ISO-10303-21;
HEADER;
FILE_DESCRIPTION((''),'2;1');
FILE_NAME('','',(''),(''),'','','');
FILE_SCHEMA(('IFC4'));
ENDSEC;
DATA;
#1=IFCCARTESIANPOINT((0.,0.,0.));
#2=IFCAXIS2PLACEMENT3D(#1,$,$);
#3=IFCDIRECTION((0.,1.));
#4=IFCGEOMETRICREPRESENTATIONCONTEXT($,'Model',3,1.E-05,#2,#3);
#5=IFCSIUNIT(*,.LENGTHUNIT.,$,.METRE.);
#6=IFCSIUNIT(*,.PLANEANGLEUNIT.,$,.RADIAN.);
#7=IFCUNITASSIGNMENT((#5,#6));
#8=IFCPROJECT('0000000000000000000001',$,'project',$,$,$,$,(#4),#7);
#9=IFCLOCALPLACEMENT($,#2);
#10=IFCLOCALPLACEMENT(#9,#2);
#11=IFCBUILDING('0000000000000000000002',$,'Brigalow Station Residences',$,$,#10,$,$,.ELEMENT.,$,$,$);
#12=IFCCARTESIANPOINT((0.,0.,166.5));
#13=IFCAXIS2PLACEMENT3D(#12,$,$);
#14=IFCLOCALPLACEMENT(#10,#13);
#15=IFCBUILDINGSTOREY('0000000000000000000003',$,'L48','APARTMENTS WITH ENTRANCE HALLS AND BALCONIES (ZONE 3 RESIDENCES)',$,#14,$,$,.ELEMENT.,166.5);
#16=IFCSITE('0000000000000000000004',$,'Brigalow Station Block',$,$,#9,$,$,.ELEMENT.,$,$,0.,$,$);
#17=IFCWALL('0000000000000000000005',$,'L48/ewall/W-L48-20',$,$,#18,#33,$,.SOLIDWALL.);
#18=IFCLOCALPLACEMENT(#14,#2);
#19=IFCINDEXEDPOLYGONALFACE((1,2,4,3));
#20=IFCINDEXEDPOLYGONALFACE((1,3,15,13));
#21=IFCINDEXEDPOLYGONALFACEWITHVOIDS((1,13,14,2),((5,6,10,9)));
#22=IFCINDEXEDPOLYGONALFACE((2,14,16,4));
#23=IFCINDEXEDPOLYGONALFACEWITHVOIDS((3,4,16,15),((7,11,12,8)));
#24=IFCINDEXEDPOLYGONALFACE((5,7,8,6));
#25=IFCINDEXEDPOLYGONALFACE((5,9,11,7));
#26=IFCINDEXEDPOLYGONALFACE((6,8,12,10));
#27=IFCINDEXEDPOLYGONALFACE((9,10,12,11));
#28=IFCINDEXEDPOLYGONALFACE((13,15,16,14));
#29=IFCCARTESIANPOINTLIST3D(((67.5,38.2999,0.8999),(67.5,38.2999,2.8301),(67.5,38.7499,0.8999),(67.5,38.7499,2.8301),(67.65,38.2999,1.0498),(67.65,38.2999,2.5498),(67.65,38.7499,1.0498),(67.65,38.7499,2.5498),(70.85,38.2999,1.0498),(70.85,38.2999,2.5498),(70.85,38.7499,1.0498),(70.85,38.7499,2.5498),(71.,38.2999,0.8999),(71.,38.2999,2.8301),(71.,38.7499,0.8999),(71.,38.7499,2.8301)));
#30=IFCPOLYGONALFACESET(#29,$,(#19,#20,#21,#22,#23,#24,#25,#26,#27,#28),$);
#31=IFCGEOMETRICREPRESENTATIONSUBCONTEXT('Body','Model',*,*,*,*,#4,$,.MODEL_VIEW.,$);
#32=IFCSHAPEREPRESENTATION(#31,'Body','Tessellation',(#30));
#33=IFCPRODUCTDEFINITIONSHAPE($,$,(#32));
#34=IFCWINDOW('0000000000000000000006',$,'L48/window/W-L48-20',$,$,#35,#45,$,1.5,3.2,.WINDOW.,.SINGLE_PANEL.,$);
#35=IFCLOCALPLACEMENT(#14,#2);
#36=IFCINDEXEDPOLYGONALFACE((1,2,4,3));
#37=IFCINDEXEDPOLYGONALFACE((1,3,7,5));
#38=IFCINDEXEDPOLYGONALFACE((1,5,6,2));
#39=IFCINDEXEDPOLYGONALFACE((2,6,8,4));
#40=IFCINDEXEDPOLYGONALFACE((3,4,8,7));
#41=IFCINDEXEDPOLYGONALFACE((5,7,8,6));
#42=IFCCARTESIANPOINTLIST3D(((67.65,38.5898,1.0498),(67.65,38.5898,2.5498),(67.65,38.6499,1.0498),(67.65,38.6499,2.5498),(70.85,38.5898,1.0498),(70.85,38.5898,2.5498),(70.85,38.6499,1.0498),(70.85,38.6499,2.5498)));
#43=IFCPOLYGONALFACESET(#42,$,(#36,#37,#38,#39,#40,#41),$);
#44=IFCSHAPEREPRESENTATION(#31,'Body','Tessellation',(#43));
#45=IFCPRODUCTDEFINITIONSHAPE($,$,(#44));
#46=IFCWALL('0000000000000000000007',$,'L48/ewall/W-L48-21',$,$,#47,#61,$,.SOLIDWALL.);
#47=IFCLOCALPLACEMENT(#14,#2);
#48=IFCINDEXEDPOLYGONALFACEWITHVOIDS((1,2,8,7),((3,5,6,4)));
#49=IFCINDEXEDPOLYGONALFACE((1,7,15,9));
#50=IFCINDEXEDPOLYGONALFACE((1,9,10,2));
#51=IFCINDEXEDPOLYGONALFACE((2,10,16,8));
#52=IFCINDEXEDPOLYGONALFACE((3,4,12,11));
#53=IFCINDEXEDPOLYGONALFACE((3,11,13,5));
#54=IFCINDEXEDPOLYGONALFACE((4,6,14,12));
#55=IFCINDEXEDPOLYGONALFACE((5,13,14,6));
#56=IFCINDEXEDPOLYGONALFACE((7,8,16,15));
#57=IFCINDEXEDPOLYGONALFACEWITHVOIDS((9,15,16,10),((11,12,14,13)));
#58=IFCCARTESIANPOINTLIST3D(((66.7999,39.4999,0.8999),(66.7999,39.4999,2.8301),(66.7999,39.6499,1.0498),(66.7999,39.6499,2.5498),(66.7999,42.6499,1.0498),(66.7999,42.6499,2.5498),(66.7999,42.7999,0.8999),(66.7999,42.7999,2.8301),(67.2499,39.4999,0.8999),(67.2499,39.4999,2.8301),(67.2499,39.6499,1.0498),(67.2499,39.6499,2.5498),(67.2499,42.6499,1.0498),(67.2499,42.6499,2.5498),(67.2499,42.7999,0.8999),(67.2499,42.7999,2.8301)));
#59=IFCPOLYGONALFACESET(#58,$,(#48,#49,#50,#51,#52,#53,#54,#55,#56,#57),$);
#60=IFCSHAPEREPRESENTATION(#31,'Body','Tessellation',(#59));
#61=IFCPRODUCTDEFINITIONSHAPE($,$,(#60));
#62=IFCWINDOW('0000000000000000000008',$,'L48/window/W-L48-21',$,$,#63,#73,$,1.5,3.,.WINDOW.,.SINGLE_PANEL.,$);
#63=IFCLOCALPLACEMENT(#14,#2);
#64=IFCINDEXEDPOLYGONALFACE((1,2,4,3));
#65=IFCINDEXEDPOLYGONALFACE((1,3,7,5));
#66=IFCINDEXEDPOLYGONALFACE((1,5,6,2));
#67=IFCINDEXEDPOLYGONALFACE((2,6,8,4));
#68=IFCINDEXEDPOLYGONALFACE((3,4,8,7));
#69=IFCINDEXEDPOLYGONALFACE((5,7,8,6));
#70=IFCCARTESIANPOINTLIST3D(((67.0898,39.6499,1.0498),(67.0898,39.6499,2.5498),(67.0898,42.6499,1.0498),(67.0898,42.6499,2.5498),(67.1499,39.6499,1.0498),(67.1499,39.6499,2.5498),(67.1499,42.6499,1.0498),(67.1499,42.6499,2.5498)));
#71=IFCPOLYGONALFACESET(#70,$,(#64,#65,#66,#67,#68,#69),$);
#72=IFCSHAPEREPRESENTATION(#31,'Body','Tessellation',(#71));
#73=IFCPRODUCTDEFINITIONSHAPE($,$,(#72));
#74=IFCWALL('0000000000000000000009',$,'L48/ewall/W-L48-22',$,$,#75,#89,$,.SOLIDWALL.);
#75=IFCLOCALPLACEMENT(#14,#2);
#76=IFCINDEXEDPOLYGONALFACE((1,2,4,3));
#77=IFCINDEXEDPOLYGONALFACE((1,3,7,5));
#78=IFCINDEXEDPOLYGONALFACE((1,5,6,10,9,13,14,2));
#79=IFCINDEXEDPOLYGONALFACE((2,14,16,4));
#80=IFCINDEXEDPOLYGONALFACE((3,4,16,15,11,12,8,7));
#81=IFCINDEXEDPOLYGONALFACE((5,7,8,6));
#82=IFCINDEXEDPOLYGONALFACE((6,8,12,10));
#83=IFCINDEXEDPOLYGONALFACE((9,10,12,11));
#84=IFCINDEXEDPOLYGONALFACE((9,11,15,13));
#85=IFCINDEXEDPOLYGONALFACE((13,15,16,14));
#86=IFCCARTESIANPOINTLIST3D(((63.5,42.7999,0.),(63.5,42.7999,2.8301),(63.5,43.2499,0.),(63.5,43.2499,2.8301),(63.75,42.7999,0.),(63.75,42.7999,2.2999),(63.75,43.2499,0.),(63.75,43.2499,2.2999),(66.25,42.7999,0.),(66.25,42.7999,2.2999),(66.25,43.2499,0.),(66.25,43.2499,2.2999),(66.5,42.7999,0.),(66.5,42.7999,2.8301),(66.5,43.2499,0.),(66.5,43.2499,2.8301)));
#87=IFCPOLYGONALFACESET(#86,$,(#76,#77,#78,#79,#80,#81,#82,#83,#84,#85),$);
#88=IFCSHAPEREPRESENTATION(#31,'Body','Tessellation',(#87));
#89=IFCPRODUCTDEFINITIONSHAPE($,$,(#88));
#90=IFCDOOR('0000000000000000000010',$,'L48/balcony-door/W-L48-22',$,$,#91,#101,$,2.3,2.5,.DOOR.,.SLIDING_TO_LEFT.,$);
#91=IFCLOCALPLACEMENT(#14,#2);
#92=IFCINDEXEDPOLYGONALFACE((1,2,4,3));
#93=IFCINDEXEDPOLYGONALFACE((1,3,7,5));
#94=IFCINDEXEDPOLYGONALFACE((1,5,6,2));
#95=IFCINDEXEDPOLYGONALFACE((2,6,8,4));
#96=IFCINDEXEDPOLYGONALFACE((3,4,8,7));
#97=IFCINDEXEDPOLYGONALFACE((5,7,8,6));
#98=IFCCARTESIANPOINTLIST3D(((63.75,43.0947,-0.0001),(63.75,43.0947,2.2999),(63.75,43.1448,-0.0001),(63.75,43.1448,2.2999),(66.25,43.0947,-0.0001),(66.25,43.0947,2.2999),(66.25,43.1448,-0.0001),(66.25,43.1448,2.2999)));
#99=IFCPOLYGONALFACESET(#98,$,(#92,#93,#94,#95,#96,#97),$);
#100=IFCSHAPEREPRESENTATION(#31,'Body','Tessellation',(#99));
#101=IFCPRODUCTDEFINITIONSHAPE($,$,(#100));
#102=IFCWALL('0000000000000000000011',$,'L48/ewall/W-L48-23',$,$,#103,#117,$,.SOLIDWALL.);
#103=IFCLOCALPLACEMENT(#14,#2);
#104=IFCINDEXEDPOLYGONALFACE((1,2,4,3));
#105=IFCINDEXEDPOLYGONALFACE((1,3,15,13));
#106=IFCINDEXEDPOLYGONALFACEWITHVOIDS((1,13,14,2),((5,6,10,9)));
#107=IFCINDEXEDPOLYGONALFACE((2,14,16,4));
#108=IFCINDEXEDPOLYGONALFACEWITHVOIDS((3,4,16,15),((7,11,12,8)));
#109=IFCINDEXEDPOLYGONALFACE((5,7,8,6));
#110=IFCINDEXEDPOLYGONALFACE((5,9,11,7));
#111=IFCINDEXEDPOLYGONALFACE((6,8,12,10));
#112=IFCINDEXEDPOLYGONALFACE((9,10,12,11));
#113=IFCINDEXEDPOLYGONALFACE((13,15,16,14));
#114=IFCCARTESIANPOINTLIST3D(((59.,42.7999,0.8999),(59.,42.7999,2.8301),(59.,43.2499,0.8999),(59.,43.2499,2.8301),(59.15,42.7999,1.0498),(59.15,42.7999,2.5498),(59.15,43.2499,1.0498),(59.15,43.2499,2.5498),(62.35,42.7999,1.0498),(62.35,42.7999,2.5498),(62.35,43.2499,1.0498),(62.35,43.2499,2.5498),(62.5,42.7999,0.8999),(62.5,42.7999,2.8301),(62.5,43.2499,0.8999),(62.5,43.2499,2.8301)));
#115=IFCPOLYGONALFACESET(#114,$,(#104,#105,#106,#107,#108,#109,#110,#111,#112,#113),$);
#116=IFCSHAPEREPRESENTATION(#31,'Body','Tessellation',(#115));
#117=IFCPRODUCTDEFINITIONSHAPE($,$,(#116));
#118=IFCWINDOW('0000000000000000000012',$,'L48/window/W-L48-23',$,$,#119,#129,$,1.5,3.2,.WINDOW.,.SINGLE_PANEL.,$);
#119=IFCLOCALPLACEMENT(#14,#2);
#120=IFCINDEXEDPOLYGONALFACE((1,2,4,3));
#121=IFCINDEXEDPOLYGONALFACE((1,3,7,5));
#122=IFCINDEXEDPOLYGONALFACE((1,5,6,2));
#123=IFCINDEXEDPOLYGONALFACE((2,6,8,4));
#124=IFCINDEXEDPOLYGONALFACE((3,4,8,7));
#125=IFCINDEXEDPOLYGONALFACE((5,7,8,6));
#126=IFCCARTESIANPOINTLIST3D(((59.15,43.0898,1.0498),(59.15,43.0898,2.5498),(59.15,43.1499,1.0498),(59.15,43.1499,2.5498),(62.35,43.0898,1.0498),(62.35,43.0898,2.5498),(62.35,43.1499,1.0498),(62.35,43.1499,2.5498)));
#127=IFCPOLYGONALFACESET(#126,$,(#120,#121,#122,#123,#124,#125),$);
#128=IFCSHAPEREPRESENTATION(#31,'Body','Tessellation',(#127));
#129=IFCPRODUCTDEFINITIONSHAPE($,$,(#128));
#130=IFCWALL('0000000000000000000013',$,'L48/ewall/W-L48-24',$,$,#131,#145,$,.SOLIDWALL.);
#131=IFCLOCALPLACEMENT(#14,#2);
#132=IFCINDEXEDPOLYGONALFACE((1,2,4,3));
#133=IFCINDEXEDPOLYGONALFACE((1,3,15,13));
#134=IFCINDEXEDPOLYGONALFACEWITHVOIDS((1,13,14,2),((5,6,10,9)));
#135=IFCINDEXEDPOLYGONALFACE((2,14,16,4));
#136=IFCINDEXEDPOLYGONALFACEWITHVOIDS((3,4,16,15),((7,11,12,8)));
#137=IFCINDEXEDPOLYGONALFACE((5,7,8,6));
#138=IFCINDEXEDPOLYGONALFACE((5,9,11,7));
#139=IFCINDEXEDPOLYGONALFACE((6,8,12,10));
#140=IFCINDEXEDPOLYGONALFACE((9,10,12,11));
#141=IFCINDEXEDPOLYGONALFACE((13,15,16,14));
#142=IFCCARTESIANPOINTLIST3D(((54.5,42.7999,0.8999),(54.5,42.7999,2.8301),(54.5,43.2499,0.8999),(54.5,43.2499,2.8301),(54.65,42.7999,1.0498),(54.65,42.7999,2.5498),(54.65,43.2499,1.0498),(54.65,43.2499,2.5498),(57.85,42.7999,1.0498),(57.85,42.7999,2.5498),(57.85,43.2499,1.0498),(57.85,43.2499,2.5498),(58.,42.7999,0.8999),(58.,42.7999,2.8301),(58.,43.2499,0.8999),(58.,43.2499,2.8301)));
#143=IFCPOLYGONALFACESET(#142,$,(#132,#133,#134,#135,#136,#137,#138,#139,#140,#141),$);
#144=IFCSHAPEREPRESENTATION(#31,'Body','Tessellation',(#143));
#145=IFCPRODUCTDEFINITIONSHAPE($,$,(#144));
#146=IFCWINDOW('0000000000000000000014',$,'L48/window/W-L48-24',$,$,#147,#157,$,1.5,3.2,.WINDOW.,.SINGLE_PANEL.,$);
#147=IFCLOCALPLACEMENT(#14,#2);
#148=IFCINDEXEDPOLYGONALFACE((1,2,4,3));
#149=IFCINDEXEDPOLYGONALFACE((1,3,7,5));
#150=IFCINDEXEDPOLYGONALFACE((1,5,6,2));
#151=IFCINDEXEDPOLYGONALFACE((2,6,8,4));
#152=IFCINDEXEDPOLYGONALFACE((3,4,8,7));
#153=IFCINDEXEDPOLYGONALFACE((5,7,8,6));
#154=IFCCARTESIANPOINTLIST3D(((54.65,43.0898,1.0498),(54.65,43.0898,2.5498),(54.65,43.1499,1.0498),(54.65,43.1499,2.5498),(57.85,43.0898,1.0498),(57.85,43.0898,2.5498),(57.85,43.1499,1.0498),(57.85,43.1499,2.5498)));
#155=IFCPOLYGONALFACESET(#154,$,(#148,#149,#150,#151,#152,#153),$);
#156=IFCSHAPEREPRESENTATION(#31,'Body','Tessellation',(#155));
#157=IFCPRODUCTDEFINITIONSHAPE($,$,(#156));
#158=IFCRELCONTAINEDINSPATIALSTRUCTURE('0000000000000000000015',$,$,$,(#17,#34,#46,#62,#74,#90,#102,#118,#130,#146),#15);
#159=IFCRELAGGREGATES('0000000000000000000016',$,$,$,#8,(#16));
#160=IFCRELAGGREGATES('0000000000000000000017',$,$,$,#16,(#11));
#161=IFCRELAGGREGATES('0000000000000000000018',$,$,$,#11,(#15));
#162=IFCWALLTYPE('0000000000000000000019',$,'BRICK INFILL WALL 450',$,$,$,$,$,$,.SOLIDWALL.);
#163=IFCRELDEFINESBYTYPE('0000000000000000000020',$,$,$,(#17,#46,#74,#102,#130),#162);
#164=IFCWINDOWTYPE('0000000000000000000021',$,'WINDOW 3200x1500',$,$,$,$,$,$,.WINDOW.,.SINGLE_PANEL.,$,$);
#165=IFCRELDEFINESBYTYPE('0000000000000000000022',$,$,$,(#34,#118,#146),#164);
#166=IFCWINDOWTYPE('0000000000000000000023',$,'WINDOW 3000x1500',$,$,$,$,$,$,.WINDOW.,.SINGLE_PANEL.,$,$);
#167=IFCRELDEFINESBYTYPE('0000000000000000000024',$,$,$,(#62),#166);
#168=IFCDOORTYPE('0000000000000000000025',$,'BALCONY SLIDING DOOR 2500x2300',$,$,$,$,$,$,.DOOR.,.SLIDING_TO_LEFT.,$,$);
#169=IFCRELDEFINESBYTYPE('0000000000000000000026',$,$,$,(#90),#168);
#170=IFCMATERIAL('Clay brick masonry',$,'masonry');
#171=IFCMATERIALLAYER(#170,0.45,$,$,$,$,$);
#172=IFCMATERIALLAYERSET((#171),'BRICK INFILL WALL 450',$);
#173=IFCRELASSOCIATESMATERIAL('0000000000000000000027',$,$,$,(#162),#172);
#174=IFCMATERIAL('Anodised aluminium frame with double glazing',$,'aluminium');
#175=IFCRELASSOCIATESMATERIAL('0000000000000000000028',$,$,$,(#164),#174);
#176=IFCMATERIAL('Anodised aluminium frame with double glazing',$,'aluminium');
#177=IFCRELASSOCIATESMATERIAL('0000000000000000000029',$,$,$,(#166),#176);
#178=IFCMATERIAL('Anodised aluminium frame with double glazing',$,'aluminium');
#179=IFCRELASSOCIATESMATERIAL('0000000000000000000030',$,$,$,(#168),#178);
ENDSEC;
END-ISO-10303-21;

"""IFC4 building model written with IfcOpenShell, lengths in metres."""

from ifc_helpers import new_model, si_unit, direction, frame, frame_2d, origin, place, context, subcontext, project, spatial, rectangle, extrude, material, layer, layer_set, type_object, element, fill, save


model = new_model("IFC4")

# Units and contexts
model_context = context("Model", 3, precision=1e-05, world=origin(), true_north=direction((0.0, 1.0)))
body_context = subcontext(model_context, "Body", "Model", "MODEL_VIEW")
ifc_project = project(units=[si_unit("LENGTHUNIT", "METRE"), si_unit("PLANEANGLEUNIT", "RADIAN")], contexts=[model_context])

# Site, building, storey
site_placement = place(None, origin())
site = spatial("IfcSite", under=ifc_project, at=site_placement, Name="Brigalow Station Block", CompositionType="ELEMENT", RefElevation=0.0)
building_placement = place(site_placement, origin())
building = spatial("IfcBuilding", under=site, at=building_placement, Name="Brigalow Station Residences", CompositionType="ELEMENT")
storey_placement = place(building_placement, frame((0.0, 0.0, 166.5)))
storey = spatial("IfcBuildingStorey", under=building, at=storey_placement, Name="L48", Description="APARTMENTS WITH ENTRANCE HALLS AND BALCONIES (ZONE 3 RESIDENCES)", CompositionType="ELEMENT", Elevation=166.5)

# Walls, openings, windows
ifc_material_1 = material(Name="Clay brick masonry", Category="masonry")
ifc_layer_1 = layer(ifc_material_1, 0.45)
ifc_layer_set_1 = layer_set([ifc_layer_1], Name="BRICK INFILL WALL 450")
wall_type_1 = type_object("IfcWallType", Name="BRICK INFILL WALL 450", PredefinedType="SOLIDWALL", material=ifc_layer_set_1)
wall_1_placement = place(storey_placement, frame((71.0, 38.5249, 0.8999), z_axis=(0.0, 0.0, 1.0), x_axis=(-1.0, 0.0, 0.0)))
wall_1 = element("IfcWall", 1, at=wall_1_placement, inside=storey, type_object=wall_type_1, Name="L48/ewall/W-L48-20", PredefinedType="SOLIDWALL", context=body_context, shape_type="SweptSolid", body=[
    extrude(rectangle(XDim=3.5, YDim=0.45, at=frame_2d((1.75, 0.0))), origin(), (0.0, 0.0, 1.0), 1.9302),
])
opening_1_placement = place(wall_1_placement, frame((0.1499, 0.0, 0.1499)))
opening_1 = element("IfcOpeningElement", 2, at=opening_1_placement, cuts=wall_1, PredefinedType="OPENING", context=body_context, shape_type="SweptSolid", body=[
    extrude(rectangle(XDim=3.2, YDim=1.5, at=frame_2d((1.6001, 0.75))), frame((0.0, 0.2349, 0.0), z_axis=(0.0, -1.0, 0.0), x_axis=(1.0, 0.0, 0.0)), (0.0, 0.0, 1.0), 0.47),
])
ifc_material_2 = material(Name="Anodised aluminium frame with double glazing", Category="aluminium")
window_type_1 = type_object("IfcWindowType", Name="WINDOW 3200x1500", PartitioningType="SINGLE_PANEL", PredefinedType="WINDOW", material=ifc_material_2)
window_1_placement = place(opening_1_placement, origin())
window_1 = element("IfcWindow", 3, at=window_1_placement, inside=storey, type_object=window_type_1, Name="L48/window/W-L48-20", OverallHeight=1.5, OverallWidth=3.2, PartitioningType="SINGLE_PANEL", PredefinedType="WINDOW", context=body_context, shape_type="SweptSolid", body=[
    extrude(rectangle(XDim=3.2, YDim=1.5, at=frame_2d((1.6001, 0.75))), frame((0.0, -0.0649, 0.0), z_axis=(0.0, -1.0, 0.0), x_axis=(1.0, 0.0, 0.0)), (0.0, 0.0, 1.0), 0.0601),
])
fill(opening_1, window_1)
wall_2_placement = place(storey_placement, frame((67.0249, 39.5, 0.8999), z_axis=(0.0, 0.0, 1.0), x_axis=(0.0, 1.0, 0.0)))
wall_2 = element("IfcWall", 4, at=wall_2_placement, inside=storey, type_object=wall_type_1, Name="L48/ewall/W-L48-21", PredefinedType="SOLIDWALL", context=body_context, shape_type="SweptSolid", body=[
    extrude(rectangle(XDim=3.3, YDim=0.45, at=frame_2d((1.6499, 0.0))), origin(), (0.0, 0.0, 1.0), 1.9302),
])
opening_2_placement = place(wall_2_placement, frame((0.1499, 0.0, 0.1499)))
opening_2 = element("IfcOpeningElement", 5, at=opening_2_placement, cuts=wall_2, PredefinedType="OPENING", context=body_context, shape_type="SweptSolid", body=[
    extrude(rectangle(XDim=3.0, YDim=1.5, at=frame_2d((1.5, 0.75))), frame((0.0, 0.2349, 0.0), z_axis=(0.0, -1.0, 0.0), x_axis=(1.0, 0.0, 0.0)), (0.0, 0.0, 1.0), 0.47),
])
ifc_material_3 = material(Name="Anodised aluminium frame with double glazing", Category="aluminium")
window_type_2 = type_object("IfcWindowType", Name="WINDOW 3000x1500", PartitioningType="SINGLE_PANEL", PredefinedType="WINDOW", material=ifc_material_3)
window_2_placement = place(opening_2_placement, origin())
window_2 = element("IfcWindow", 6, at=window_2_placement, inside=storey, type_object=window_type_2, Name="L48/window/W-L48-21", OverallHeight=1.5, OverallWidth=3.0, PartitioningType="SINGLE_PANEL", PredefinedType="WINDOW", context=body_context, shape_type="SweptSolid", body=[
    extrude(rectangle(XDim=3.0, YDim=1.5, at=frame_2d((1.5, 0.75))), frame((0.0, -0.0649, 0.0), z_axis=(0.0, -1.0, 0.0), x_axis=(1.0, 0.0, 0.0)), (0.0, 0.0, 1.0), 0.0601),
])
fill(opening_2, window_2)

# Wall, opening, door
wall_3_placement = place(storey_placement, frame((66.5, 43.0249, 0.0), z_axis=(0.0, 0.0, 1.0), x_axis=(-1.0, 0.0, 0.0)))
wall_3 = element("IfcWall", 7, at=wall_3_placement, inside=storey, type_object=wall_type_1, Name="L48/ewall/W-L48-22", PredefinedType="SOLIDWALL", context=body_context, shape_type="SweptSolid", body=[
    extrude(rectangle(XDim=3.0, YDim=0.45, at=frame_2d((1.5, 0.0))), origin(), (0.0, 0.0, 1.0), 2.8301),
])
opening_3_placement = place(wall_3_placement, frame((0.25, 0.0, 0.0)))
opening_3 = element("IfcOpeningElement", 8, at=opening_3_placement, cuts=wall_3, PredefinedType="OPENING", context=body_context, shape_type="SweptSolid", body=[
    extrude(rectangle(XDim=2.5, YDim=2.3, at=frame_2d((1.25, 1.1499))), frame((0.0, 0.2349, 0.0), z_axis=(0.0, -1.0, 0.0), x_axis=(1.0, 0.0, 0.0)), (0.0, 0.0, 1.0), 0.47),
])
ifc_material_4 = material(Name="Anodised aluminium frame with double glazing", Category="aluminium")
door_type_1 = type_object("IfcDoorType", Name="BALCONY SLIDING DOOR 2500x2300", OperationType="SLIDING_TO_LEFT", PredefinedType="DOOR", material=ifc_material_4)
door_1_placement = place(opening_3_placement, origin())
door_1 = element("IfcDoor", 9, at=door_1_placement, inside=storey, type_object=door_type_1, Name="L48/balcony-door/W-L48-22", OperationType="SLIDING_TO_LEFT", OverallHeight=2.3, OverallWidth=2.5, PredefinedType="DOOR", context=body_context, shape_type="SweptSolid", body=[
    extrude(rectangle(XDim=2.5, YDim=2.3, at=frame_2d((1.25, 1.1499))), frame((0.0, -0.0698, 0.0), z_axis=(0.0, -1.0, 0.0), x_axis=(1.0, 0.0, 0.0)), (0.0, 0.0, 1.0), 0.05),
])
fill(opening_3, door_1)

# Walls, openings, windows
wall_4_placement = place(storey_placement, frame((62.5, 43.0249, 0.8999), z_axis=(0.0, 0.0, 1.0), x_axis=(-1.0, 0.0, 0.0)))
wall_4 = element("IfcWall", 10, at=wall_4_placement, inside=storey, type_object=wall_type_1, Name="L48/ewall/W-L48-23", PredefinedType="SOLIDWALL", context=body_context, shape_type="SweptSolid", body=[
    extrude(rectangle(XDim=3.5, YDim=0.45, at=frame_2d((1.75, 0.0))), origin(), (0.0, 0.0, 1.0), 1.9302),
])
opening_4_placement = place(wall_4_placement, frame((0.1499, 0.0, 0.1499)))
opening_4 = element("IfcOpeningElement", 11, at=opening_4_placement, cuts=wall_4, PredefinedType="OPENING", context=body_context, shape_type="SweptSolid", body=[
    extrude(rectangle(XDim=3.2, YDim=1.5, at=frame_2d((1.6001, 0.75))), frame((0.0, 0.2349, 0.0), z_axis=(0.0, -1.0, 0.0), x_axis=(1.0, 0.0, 0.0)), (0.0, 0.0, 1.0), 0.47),
])
window_3_placement = place(opening_4_placement, origin())
window_3 = element("IfcWindow", 12, at=window_3_placement, inside=storey, type_object=window_type_1, Name="L48/window/W-L48-23", OverallHeight=1.5, OverallWidth=3.2, PartitioningType="SINGLE_PANEL", PredefinedType="WINDOW", context=body_context, shape_type="SweptSolid", body=[
    extrude(rectangle(XDim=3.2, YDim=1.5, at=frame_2d((1.6001, 0.75))), frame((0.0, -0.0649, 0.0), z_axis=(0.0, -1.0, 0.0), x_axis=(1.0, 0.0, 0.0)), (0.0, 0.0, 1.0), 0.0601),
])
fill(opening_4, window_3)
wall_5_placement = place(storey_placement, frame((58.0, 43.0249, 0.8999), z_axis=(0.0, 0.0, 1.0), x_axis=(-1.0, 0.0, 0.0)))
wall_5 = element("IfcWall", 13, at=wall_5_placement, inside=storey, type_object=wall_type_1, Name="L48/ewall/W-L48-24", PredefinedType="SOLIDWALL", context=body_context, shape_type="SweptSolid", body=[
    extrude(rectangle(XDim=3.5, YDim=0.45, at=frame_2d((1.75, 0.0))), origin(), (0.0, 0.0, 1.0), 1.9302),
])
opening_5_placement = place(wall_5_placement, frame((0.1499, 0.0, 0.1499)))
opening_5 = element("IfcOpeningElement", 14, at=opening_5_placement, cuts=wall_5, PredefinedType="OPENING", context=body_context, shape_type="SweptSolid", body=[
    extrude(rectangle(XDim=3.2, YDim=1.5, at=frame_2d((1.6001, 0.75))), frame((0.0, 0.2349, 0.0), z_axis=(0.0, -1.0, 0.0), x_axis=(1.0, 0.0, 0.0)), (0.0, 0.0, 1.0), 0.47),
])
window_4_placement = place(opening_5_placement, origin())
window_4 = element("IfcWindow", 15, at=window_4_placement, inside=storey, type_object=window_type_1, Name="L48/window/W-L48-24", OverallHeight=1.5, OverallWidth=3.2, PartitioningType="SINGLE_PANEL", PredefinedType="WINDOW", context=body_context, shape_type="SweptSolid", body=[
    extrude(rectangle(XDim=3.2, YDim=1.5, at=frame_2d((1.6001, 0.75))), frame((0.0, -0.0649, 0.0), z_axis=(0.0, -1.0, 0.0), x_axis=(1.0, 0.0, 0.0)), (0.0, 0.0, 1.0), 0.0601),
])
fill(opening_5, window_4)

save(model, "model.ifc")
